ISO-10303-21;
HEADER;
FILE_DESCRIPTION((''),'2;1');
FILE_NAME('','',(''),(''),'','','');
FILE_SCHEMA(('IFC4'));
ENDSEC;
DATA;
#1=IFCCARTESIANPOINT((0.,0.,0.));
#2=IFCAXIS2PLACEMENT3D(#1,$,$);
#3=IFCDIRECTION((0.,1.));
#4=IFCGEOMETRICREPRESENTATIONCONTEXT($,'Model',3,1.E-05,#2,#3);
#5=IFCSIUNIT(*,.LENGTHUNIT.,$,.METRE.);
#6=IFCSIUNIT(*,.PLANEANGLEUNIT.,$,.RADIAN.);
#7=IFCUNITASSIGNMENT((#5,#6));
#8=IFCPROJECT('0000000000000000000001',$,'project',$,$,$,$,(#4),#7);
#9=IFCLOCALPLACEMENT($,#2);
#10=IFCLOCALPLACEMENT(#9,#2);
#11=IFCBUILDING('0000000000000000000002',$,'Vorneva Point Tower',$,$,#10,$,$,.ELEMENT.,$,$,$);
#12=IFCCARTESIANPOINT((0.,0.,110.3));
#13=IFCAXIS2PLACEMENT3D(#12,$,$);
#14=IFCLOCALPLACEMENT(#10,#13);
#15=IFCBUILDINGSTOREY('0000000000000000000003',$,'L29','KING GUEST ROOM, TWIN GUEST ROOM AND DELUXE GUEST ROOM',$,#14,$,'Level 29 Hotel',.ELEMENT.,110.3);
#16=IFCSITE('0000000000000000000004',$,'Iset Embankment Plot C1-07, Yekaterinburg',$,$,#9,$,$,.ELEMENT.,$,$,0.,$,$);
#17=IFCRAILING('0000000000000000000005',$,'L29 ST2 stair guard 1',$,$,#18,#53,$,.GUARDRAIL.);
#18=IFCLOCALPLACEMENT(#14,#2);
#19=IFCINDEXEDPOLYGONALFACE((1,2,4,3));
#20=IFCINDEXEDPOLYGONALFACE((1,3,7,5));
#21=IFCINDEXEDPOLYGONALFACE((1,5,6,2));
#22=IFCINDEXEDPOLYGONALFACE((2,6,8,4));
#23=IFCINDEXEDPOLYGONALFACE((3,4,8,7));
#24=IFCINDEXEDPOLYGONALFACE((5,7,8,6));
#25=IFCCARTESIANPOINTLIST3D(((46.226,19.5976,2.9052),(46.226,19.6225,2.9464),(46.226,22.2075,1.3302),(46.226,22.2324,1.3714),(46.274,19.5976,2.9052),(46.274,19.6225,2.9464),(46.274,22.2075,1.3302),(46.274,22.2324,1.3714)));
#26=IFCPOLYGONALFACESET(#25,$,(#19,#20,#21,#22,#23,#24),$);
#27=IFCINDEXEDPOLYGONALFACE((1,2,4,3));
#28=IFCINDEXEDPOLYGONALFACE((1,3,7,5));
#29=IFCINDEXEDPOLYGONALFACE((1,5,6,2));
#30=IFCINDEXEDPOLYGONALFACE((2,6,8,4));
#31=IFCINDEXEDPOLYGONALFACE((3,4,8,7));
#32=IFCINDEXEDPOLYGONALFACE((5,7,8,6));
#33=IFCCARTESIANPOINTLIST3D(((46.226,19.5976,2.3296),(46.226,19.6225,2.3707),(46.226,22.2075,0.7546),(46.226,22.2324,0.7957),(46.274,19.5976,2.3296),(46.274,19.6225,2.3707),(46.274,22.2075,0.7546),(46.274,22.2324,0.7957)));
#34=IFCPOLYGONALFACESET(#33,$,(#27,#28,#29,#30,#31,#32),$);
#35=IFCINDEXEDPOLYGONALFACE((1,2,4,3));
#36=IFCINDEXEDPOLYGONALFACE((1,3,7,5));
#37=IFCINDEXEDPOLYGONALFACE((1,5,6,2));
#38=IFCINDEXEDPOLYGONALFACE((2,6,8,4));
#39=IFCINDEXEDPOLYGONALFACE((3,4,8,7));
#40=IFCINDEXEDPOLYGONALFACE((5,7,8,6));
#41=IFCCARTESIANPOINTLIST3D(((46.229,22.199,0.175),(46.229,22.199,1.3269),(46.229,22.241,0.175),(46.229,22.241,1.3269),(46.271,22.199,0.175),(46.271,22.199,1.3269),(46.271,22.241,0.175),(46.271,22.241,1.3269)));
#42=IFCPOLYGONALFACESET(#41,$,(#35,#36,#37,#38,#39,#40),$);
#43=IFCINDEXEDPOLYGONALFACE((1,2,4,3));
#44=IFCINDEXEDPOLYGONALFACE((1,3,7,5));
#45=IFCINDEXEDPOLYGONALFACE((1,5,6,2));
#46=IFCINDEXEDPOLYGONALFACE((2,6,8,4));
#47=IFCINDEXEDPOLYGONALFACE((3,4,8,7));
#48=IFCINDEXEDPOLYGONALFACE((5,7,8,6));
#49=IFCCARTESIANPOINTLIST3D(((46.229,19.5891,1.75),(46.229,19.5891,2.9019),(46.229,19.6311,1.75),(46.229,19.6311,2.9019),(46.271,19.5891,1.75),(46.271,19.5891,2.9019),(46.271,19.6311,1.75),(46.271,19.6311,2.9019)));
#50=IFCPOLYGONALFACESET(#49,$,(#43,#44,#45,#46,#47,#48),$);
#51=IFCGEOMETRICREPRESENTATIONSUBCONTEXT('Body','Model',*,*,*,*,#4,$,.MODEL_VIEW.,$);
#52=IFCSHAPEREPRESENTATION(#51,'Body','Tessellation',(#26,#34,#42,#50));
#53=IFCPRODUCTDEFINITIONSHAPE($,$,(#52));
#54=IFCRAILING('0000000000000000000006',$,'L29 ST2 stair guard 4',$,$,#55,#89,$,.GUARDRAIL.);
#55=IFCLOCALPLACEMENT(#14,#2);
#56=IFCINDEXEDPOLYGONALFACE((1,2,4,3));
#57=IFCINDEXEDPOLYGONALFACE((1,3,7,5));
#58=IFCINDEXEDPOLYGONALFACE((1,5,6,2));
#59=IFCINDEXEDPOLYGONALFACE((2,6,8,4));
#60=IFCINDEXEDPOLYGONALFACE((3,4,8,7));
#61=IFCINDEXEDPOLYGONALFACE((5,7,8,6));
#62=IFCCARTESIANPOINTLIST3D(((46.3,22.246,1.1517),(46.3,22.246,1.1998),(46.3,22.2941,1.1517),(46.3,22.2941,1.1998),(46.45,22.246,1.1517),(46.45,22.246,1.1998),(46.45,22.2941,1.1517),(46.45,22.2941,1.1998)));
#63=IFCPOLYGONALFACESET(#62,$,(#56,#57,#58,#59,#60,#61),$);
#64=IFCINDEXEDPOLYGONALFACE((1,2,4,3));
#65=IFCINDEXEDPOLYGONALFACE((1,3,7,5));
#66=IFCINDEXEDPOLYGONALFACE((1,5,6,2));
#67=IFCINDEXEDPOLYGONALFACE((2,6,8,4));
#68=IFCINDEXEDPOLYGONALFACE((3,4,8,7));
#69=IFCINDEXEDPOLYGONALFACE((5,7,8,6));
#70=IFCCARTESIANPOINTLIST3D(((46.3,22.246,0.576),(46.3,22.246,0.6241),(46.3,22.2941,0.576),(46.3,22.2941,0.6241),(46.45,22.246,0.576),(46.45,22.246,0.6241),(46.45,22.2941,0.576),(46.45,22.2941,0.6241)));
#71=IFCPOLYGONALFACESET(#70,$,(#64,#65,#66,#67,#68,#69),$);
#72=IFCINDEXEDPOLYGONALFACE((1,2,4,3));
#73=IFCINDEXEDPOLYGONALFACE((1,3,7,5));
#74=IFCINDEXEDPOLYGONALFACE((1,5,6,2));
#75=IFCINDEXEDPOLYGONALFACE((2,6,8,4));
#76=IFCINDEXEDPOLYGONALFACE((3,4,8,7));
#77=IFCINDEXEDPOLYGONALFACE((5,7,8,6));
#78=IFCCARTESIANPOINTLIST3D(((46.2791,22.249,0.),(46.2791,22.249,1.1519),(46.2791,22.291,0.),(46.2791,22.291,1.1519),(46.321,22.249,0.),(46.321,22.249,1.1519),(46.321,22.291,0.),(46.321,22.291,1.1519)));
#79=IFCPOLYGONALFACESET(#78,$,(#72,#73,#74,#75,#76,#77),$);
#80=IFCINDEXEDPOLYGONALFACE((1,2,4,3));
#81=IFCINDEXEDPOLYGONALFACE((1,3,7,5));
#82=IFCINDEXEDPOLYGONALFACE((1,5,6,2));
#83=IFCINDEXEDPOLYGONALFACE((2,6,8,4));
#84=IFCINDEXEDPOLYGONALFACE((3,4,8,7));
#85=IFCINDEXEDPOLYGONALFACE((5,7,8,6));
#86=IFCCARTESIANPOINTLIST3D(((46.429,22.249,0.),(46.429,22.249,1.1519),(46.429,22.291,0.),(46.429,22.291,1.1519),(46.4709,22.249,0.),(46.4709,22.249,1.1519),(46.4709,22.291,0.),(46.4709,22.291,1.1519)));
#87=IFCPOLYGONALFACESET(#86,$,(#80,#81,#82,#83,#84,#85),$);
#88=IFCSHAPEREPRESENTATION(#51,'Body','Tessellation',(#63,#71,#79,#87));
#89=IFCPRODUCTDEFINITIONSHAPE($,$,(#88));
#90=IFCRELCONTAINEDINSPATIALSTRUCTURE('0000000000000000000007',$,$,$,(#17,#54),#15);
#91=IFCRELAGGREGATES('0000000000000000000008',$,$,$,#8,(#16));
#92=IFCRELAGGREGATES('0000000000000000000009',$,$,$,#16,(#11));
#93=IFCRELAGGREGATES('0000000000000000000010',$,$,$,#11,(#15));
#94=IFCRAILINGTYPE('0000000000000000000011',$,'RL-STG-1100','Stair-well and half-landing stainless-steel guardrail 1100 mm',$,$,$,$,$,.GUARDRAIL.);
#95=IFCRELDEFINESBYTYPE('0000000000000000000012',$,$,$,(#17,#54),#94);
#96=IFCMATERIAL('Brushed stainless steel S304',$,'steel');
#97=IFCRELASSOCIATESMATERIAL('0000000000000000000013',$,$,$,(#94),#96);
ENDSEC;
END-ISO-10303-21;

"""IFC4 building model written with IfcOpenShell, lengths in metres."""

from ifc_helpers import new_model, si_unit, direction, frame, origin, origin_2d, place, context, subcontext, project, spatial, rectangle, extrude, material, type_object, element, save


model = new_model("IFC4")

# Units and contexts
model_context = context("Model", 3, precision=1e-05, world=origin(), true_north=direction((0.0, 1.0)))
body_context = subcontext(model_context, "Body", "Model", "MODEL_VIEW")
ifc_project = project(units=[si_unit("LENGTHUNIT", "METRE"), si_unit("PLANEANGLEUNIT", "RADIAN")], contexts=[model_context])

# Site, building, storey
site_placement = place(None, origin())
site = spatial("IfcSite", under=ifc_project, at=site_placement, Name="Iset Embankment Plot C1-07, Yekaterinburg", CompositionType="ELEMENT", RefElevation=0.0)
building_placement = place(site_placement, origin())
building = spatial("IfcBuilding", under=site, at=building_placement, Name="Vorneva Point Tower", CompositionType="ELEMENT")
storey_placement = place(building_placement, frame((0.0, 0.0, 110.3)))
storey = spatial("IfcBuildingStorey", under=building, at=storey_placement, Name="L29", Description="KING GUEST ROOM, TWIN GUEST ROOM AND DELUXE GUEST ROOM", LongName="Level 29 Hotel", CompositionType="ELEMENT", Elevation=110.3)

# Railings
ifc_material_1 = material(Name="Brushed stainless steel S304", Category="steel")
railing_type_1 = type_object("IfcRailingType", Name="RL-STG-1100", Description="Stair-well and half-landing stainless-steel guardrail 1100 mm", PredefinedType="GUARDRAIL", material=ifc_material_1)
railing_1_placement = place(storey_placement, frame((46.25, 22.22, 0.175)))
element("IfcRailing", 1, at=railing_1_placement, inside=storey, type_object=railing_type_1, Name="L29 ST2 stair guard 1", PredefinedType="GUARDRAIL", context=body_context, shape_type="SweptSolid", body=[
    extrude(rectangle(XDim=0.0481, YDim=0.0481, at=origin_2d()), frame((0.0, 0.0, 1.1758), z_axis=(0.0, -0.856183, 0.516673), x_axis=(1.0, 0.0, 0.0)), (0.0, 0.0, 1.0), 3.0483),
    extrude(rectangle(XDim=0.0481, YDim=0.0481, at=origin_2d()), frame((0.0, 0.0, 0.6001), z_axis=(0.0, -0.856183, 0.516673), x_axis=(1.0, 0.0, 0.0)), (0.0, 0.0, 1.0), 3.0483),
    extrude(rectangle(XDim=0.042, YDim=0.042, at=origin_2d()), origin(), (0.0, 0.0, 1.0), 1.1519),
    extrude(rectangle(XDim=0.042, YDim=0.042, at=origin_2d()), frame((0.0, -2.6099, 1.575)), (0.0, 0.0, 1.0), 1.1519),
])
railing_2_placement = place(storey_placement, frame((46.3, 22.27, 0.0)))
element("IfcRailing", 2, at=railing_2_placement, inside=storey, type_object=railing_type_1, Name="L29 ST2 stair guard 4", PredefinedType="GUARDRAIL", context=body_context, shape_type="SweptSolid", body=[
    extrude(rectangle(XDim=0.0481, YDim=0.0481, at=origin_2d()), frame((0.0, 0.0, 1.1758), z_axis=(1.0, 0.0, 0.0), x_axis=(0.0, 1.0, 0.0)), (0.0, 0.0, 1.0), 0.1499),
    extrude(rectangle(XDim=0.0481, YDim=0.0481, at=origin_2d()), frame((0.0, 0.0, 0.6001), z_axis=(1.0, 0.0, 0.0), x_axis=(0.0, 1.0, 0.0)), (0.0, 0.0, 1.0), 0.1499),
    extrude(rectangle(XDim=0.042, YDim=0.042, at=origin_2d()), origin(), (0.0, 0.0, 1.0), 1.1519),
    extrude(rectangle(XDim=0.042, YDim=0.042, at=origin_2d()), frame((0.1499, 0.0, 0.0)), (0.0, 0.0, 1.0), 1.1519),
])

save(model, "model.ifc")
